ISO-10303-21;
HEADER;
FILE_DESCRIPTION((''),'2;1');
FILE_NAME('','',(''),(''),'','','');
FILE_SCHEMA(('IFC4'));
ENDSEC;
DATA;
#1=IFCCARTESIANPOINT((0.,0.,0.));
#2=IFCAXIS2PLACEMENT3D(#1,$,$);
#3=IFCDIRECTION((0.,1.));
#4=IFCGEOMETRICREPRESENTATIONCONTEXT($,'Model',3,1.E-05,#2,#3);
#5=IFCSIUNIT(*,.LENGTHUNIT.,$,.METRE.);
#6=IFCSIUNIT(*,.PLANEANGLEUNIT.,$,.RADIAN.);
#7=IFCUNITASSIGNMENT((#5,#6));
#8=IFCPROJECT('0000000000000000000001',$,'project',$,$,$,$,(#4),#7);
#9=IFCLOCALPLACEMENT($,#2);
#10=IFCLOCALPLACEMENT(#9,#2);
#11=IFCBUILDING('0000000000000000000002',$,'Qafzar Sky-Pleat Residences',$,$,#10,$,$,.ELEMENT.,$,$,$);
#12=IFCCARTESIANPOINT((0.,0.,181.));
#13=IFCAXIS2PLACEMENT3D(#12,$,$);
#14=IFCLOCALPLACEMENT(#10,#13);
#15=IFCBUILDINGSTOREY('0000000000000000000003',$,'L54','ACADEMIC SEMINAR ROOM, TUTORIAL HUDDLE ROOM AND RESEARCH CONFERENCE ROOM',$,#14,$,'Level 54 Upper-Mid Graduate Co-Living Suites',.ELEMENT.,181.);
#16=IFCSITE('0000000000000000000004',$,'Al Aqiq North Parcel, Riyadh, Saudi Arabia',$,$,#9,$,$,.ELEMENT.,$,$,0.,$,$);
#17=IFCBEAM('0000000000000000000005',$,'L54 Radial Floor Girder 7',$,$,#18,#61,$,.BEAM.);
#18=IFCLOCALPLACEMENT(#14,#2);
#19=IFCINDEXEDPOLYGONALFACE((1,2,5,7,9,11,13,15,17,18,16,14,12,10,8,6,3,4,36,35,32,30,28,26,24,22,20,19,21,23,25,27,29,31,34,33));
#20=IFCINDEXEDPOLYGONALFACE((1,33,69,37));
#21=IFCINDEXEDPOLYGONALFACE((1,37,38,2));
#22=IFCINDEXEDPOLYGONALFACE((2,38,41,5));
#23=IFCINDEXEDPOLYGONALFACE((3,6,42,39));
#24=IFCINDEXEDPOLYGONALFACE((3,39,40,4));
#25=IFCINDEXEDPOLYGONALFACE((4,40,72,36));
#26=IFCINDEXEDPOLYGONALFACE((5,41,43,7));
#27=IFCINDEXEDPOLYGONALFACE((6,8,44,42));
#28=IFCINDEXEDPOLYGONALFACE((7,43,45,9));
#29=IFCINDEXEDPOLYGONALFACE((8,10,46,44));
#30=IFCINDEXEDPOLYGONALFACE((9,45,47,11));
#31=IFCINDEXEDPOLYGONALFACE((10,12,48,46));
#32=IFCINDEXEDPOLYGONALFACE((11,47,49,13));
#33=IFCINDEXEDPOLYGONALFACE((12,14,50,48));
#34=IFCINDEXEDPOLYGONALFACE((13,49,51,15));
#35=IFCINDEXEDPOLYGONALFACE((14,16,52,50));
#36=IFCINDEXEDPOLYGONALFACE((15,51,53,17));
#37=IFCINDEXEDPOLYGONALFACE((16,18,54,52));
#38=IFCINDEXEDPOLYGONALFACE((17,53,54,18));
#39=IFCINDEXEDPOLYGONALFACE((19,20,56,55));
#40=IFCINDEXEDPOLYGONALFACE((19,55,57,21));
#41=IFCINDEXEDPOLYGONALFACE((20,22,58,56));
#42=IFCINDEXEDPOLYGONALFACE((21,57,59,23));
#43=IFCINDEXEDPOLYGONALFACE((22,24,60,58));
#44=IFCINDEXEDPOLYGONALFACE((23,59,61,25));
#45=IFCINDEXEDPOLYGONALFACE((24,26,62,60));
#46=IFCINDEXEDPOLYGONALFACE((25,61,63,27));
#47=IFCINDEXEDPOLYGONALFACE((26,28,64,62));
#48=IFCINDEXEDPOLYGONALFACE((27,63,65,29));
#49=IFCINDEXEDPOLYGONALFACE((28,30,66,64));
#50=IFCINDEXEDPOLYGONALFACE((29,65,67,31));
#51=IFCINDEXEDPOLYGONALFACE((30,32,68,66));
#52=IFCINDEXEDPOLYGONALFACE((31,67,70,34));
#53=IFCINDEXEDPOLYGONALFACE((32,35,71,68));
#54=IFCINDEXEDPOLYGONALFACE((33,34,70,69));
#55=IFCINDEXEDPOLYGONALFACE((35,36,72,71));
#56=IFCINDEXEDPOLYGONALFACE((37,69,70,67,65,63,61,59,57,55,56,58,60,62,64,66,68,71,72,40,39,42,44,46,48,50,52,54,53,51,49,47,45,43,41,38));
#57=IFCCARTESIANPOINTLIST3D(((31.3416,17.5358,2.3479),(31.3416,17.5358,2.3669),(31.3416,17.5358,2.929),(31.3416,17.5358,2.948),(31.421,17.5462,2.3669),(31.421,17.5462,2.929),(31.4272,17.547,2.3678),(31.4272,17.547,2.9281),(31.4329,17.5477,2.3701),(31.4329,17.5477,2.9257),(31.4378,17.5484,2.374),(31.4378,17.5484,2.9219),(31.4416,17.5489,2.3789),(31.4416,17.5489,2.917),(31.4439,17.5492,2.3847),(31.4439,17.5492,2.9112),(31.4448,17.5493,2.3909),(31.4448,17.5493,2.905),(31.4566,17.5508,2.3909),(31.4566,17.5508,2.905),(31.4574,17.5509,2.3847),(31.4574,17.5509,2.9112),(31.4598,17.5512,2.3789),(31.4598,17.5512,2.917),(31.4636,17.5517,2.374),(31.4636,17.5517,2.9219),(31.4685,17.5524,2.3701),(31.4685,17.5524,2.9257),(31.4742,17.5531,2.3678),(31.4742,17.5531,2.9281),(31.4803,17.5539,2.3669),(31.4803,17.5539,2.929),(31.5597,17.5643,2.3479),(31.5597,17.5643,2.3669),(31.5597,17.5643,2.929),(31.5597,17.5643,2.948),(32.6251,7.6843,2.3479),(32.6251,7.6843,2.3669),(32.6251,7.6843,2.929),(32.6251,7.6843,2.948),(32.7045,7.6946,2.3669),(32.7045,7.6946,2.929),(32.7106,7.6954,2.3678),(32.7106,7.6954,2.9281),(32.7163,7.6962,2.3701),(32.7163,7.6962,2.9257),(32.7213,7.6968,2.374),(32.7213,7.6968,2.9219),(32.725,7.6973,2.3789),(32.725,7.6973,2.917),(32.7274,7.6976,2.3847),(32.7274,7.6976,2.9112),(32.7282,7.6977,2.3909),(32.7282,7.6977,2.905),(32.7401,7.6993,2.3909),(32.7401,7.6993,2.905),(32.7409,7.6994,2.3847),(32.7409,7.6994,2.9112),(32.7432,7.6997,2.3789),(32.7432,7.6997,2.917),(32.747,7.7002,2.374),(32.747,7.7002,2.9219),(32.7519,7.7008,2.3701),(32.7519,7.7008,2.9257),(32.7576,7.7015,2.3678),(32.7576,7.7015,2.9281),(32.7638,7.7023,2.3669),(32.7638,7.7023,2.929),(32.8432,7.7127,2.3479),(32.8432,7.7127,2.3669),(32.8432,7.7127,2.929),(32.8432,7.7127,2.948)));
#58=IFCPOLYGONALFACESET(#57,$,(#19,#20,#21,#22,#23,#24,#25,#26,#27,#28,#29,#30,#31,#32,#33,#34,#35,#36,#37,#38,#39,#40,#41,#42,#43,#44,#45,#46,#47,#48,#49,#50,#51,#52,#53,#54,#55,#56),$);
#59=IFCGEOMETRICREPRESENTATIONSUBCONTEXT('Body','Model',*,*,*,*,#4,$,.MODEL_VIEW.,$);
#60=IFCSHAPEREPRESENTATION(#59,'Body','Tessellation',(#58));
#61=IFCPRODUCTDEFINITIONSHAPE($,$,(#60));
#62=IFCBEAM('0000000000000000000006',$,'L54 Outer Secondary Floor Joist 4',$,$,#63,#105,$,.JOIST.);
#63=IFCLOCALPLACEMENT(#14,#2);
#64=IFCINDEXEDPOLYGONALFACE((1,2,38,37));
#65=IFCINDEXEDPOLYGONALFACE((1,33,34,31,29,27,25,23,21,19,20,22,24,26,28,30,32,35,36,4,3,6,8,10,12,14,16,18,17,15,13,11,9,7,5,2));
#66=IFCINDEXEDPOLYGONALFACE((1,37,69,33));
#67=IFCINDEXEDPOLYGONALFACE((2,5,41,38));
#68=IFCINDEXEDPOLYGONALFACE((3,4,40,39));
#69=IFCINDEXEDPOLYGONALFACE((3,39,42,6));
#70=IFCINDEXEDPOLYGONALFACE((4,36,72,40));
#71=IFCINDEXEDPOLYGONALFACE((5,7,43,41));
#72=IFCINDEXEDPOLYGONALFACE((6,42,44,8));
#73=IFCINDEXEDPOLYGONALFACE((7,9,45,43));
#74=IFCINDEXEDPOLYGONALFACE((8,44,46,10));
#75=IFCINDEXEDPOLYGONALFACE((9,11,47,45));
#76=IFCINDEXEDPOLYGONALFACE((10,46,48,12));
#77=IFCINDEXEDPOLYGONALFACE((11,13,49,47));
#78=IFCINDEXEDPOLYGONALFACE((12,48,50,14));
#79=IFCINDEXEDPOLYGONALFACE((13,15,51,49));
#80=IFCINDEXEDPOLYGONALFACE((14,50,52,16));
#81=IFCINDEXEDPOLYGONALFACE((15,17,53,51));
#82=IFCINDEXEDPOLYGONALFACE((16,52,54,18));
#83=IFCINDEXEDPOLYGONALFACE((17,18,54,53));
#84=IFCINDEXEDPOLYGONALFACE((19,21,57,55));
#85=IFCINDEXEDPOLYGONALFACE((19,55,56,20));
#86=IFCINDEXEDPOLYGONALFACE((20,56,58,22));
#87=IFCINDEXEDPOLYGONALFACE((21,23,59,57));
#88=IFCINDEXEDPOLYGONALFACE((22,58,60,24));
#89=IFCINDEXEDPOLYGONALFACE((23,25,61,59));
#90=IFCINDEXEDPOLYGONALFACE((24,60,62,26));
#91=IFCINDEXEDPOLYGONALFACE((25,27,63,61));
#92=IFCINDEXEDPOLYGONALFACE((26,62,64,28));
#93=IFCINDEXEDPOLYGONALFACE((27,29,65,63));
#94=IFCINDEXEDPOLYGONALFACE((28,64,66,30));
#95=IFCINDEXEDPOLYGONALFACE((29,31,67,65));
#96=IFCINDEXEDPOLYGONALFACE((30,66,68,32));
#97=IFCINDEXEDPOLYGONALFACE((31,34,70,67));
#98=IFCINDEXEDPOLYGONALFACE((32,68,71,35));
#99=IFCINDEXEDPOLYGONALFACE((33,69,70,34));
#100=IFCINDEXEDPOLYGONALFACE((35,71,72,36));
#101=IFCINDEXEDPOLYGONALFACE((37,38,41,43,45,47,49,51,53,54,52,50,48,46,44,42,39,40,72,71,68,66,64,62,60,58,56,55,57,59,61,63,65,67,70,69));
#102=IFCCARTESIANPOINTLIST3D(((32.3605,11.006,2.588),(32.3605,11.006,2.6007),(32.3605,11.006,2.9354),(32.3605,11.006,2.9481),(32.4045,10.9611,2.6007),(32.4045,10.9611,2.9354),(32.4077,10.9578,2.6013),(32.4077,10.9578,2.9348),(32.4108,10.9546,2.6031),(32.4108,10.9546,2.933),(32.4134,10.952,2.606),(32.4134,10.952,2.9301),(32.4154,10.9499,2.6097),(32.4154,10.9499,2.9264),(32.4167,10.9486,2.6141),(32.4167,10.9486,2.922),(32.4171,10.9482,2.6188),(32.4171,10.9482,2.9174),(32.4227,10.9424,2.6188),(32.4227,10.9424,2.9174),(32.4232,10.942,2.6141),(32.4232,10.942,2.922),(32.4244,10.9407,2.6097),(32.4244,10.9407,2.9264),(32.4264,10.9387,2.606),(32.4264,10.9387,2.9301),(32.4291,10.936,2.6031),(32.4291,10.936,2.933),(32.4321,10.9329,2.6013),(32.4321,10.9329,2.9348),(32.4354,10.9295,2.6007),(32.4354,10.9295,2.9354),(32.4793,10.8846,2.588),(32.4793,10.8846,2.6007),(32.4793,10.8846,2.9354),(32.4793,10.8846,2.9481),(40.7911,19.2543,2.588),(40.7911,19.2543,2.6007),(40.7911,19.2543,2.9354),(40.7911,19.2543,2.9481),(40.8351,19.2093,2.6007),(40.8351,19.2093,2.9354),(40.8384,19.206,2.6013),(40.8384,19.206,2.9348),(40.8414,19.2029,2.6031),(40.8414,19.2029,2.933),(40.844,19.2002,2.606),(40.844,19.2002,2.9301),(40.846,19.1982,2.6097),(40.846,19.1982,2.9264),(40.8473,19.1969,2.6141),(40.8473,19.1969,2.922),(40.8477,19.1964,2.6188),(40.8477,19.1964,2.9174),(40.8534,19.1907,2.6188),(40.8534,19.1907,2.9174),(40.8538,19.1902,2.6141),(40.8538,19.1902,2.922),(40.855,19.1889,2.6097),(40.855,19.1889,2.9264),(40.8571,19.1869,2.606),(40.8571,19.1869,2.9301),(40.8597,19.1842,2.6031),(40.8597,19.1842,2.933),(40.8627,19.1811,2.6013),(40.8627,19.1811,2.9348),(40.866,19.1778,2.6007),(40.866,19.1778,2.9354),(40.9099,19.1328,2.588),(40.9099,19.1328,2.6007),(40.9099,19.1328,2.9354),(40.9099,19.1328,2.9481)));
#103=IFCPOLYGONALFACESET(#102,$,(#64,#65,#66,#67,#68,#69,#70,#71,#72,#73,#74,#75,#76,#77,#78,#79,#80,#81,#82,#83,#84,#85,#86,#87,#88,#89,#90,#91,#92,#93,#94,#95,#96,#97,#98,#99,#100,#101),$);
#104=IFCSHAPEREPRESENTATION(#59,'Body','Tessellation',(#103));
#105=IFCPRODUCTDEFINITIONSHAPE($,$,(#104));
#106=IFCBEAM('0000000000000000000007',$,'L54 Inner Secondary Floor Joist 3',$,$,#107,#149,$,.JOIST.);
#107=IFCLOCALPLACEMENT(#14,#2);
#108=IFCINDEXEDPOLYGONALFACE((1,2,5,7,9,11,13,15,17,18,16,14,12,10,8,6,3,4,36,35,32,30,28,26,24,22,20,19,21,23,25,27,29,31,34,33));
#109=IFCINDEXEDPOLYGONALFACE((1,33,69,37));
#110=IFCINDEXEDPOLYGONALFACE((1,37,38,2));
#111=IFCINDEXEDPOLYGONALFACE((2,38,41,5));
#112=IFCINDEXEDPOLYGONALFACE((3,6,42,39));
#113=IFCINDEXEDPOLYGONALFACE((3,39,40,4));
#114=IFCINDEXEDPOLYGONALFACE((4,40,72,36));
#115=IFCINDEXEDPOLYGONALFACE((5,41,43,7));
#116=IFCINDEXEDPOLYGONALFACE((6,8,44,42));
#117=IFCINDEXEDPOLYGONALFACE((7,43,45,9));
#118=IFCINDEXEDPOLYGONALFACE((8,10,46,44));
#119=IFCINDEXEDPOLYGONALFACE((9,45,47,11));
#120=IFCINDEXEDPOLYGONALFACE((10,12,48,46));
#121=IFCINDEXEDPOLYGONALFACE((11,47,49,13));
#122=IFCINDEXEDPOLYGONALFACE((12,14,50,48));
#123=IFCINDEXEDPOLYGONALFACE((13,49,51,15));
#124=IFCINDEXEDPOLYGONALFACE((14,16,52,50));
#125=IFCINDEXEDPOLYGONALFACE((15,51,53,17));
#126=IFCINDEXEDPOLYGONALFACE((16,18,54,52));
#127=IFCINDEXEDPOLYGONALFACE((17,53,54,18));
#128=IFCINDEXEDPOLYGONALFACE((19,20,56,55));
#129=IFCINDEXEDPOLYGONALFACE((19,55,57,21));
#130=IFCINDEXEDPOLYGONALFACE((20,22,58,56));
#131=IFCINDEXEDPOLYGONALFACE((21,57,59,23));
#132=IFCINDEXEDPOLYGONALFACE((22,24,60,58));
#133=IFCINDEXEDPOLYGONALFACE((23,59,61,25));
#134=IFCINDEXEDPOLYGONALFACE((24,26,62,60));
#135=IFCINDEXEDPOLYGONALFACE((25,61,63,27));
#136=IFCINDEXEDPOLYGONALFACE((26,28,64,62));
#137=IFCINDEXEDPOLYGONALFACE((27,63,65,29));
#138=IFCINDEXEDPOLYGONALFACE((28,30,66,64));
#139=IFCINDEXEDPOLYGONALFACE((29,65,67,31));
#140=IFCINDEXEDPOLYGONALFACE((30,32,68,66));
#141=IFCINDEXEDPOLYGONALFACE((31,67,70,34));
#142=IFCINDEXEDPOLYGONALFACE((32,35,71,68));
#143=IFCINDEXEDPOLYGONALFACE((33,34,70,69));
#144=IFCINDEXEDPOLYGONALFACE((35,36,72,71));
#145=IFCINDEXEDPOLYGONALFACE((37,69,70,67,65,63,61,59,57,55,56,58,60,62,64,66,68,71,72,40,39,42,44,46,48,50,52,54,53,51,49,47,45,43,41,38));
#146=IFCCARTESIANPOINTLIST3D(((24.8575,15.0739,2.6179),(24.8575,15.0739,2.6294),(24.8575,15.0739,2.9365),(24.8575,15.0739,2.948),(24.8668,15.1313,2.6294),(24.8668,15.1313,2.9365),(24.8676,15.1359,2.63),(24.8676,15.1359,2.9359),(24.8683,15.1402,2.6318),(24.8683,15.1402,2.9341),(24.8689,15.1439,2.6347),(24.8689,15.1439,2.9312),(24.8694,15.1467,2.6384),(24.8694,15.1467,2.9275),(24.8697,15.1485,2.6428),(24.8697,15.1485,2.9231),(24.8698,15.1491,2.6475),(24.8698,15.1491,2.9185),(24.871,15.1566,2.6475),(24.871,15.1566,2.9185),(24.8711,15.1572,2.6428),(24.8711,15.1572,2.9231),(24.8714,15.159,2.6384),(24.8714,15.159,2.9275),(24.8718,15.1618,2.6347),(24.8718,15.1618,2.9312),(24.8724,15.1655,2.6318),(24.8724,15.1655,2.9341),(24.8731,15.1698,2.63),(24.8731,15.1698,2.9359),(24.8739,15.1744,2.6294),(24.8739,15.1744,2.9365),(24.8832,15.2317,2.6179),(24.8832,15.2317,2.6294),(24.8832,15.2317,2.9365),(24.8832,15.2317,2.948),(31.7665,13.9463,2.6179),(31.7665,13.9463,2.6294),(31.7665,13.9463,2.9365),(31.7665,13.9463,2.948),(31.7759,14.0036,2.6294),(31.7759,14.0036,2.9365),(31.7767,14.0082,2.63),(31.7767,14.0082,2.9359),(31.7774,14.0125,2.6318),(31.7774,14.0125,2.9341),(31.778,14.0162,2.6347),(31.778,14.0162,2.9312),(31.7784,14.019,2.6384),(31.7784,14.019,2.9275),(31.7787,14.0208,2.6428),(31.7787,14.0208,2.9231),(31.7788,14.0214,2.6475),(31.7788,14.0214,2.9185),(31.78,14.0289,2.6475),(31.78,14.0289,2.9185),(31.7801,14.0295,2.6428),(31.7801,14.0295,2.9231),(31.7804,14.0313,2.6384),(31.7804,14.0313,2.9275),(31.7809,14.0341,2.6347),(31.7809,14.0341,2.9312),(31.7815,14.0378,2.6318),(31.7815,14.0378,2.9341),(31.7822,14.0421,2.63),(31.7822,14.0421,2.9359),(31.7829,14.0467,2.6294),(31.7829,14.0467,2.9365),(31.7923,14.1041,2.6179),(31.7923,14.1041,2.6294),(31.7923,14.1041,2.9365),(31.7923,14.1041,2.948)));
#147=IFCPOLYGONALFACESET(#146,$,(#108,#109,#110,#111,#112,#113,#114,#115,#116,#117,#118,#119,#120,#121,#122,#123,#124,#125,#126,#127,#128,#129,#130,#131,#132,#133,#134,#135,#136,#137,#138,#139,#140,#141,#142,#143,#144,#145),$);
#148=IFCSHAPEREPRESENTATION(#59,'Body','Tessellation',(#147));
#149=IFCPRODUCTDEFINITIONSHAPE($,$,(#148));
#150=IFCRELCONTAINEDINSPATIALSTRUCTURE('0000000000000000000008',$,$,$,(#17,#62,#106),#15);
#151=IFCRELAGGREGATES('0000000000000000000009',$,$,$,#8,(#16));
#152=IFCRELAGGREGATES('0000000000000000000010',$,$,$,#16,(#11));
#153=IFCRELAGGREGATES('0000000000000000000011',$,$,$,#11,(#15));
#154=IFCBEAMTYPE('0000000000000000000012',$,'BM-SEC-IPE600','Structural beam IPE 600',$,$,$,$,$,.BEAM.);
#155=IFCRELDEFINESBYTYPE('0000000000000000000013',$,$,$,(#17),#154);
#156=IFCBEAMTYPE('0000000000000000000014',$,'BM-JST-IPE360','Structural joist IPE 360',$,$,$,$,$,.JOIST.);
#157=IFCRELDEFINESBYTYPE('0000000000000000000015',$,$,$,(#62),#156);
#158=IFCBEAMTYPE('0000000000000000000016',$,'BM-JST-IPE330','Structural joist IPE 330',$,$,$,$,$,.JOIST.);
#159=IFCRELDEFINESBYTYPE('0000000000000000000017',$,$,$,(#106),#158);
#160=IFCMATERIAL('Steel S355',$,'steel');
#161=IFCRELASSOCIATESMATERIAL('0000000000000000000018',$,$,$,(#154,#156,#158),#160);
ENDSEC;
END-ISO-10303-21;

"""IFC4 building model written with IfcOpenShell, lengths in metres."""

from ifc_helpers import new_model, si_unit, direction, frame, origin, origin_2d, place, context, subcontext, project, spatial, i_section, extrude, source, transform, mapped, material, material_profile, profile_set, type_object, element, save


model = new_model("IFC4")

# Units and contexts
model_context = context("Model", 3, precision=1e-05, world=origin(), true_north=direction((0.0, 1.0)))
body_context = subcontext(model_context, "Body", "Model", "MODEL_VIEW")
ifc_project = project(units=[si_unit("LENGTHUNIT", "METRE"), si_unit("PLANEANGLEUNIT", "RADIAN")], contexts=[model_context])

# Site, building, storey
site_placement = place(None, origin())
site = spatial("IfcSite", under=ifc_project, at=site_placement, Name="Al Aqiq North Parcel, Riyadh, Saudi Arabia", CompositionType="ELEMENT", RefElevation=0.0)
building_placement = place(site_placement, origin())
building = spatial("IfcBuilding", under=site, at=building_placement, Name="Qafzar Sky-Pleat Residences", CompositionType="ELEMENT")
storey_placement = place(building_placement, frame((0.0, 0.0, 181.0)))
storey = spatial("IfcBuildingStorey", under=building, at=storey_placement, Name="L54", Description="ACADEMIC SEMINAR ROOM, TUTORIAL HUDDLE ROOM AND RESEARCH CONFERENCE ROOM", LongName="Level 54 Upper-Mid Graduate Co-Living Suites", CompositionType="ELEMENT", Elevation=181.0)

# Shared definitions
ifc_material_1 = material(Name="Steel S355", Category="steel")

# Beams
ifc_material_profile_1 = material_profile(ifc_material_1, i_section(OverallWidth=0.22, OverallDepth=0.6001, WebThickness=0.012, FlangeThickness=0.019, FilletRadius=0.0239, at=origin_2d()), Name="IPE 600")
ifc_profile_set_1 = profile_set([ifc_material_profile_1], Name="Steel S355")
beam_type_1 = type_object("IfcBeamType", Name="BM-SEC-IPE600", Description="Structural beam IPE 600", PredefinedType="BEAM", material=ifc_profile_set_1)
shared_shape_1 = source(origin(), body_context, "Body", "SweptSolid", [
    extrude(i_section(OverallWidth=0.22, OverallDepth=0.6001, WebThickness=0.012, FlangeThickness=0.019, FilletRadius=0.0239, at=origin_2d()), origin(), (0.0, 0.0, 1.0), 9.9348),
])
beam_1_placement = place(storey_placement, frame((32.7341, 7.6985, 2.6479), z_axis=(-0.129187, 0.99162, 0.0), x_axis=(-0.99162, -0.129187, 0.0)))
element("IfcBeam", 1, at=beam_1_placement, inside=storey, type_object=beam_type_1, Name="L54 Radial Floor Girder 7", PredefinedType="BEAM", context=body_context, shape_type="MappedRepresentation", body=[
    mapped(shared_shape_1, transform((0.0, 0.0, 0.0), x_axis=(1.0, 0.0, 0.0), y_axis=(0.0, 1.0, 0.0), z_axis=(0.0, 0.0, 1.0), scale=1.0)),
])
ifc_material_profile_2 = material_profile(ifc_material_1, i_section(OverallWidth=0.1699, OverallDepth=0.3601, WebThickness=0.0081, FlangeThickness=0.0127, FilletRadius=0.0181, at=origin_2d()), Name="IPE 360")
ifc_profile_set_2 = profile_set([ifc_material_profile_2], Name="Steel S355")
beam_type_2 = type_object("IfcBeamType", Name="BM-JST-IPE360", Description="Structural joist IPE 360", PredefinedType="JOIST", material=ifc_profile_set_2)
shared_shape_2 = source(origin(), body_context, "Body", "SweptSolid", [
    extrude(i_section(OverallWidth=0.1699, OverallDepth=0.3601, WebThickness=0.0081, FlangeThickness=0.0127, FilletRadius=0.0181, at=origin_2d()), origin(), (0.0, 0.0, 1.0), 11.7944),
])
beam_2_placement = place(storey_placement, frame((32.4199, 10.9453, 2.7681), z_axis=(0.714796, 0.699333, 0.0), x_axis=(-0.699333, 0.714796, 0.0)))
element("IfcBeam", 2, at=beam_2_placement, inside=storey, type_object=beam_type_2, Name="L54 Outer Secondary Floor Joist 4", PredefinedType="JOIST", context=body_context, shape_type="MappedRepresentation", body=[
    mapped(shared_shape_2, transform((0.0, 0.0, 0.0), x_axis=(1.0, 0.0, 0.0), y_axis=(0.0, 1.0, 0.0), z_axis=(0.0, 0.0, 1.0), scale=1.0)),
])
ifc_material_profile_3 = material_profile(ifc_material_1, i_section(OverallWidth=0.1599, OverallDepth=0.3301, WebThickness=0.0076, FlangeThickness=0.0115, FilletRadius=0.0181, at=origin_2d()), Name="IPE 330")
ifc_profile_set_3 = profile_set([ifc_material_profile_3], Name="Steel S355")
beam_type_3 = type_object("IfcBeamType", Name="BM-JST-IPE330", Description="Structural joist IPE 330", PredefinedType="JOIST", material=ifc_profile_set_3)
shared_shape_3 = source(origin(), body_context, "Body", "SweptSolid", [
    extrude(i_section(OverallWidth=0.1599, OverallDepth=0.3301, WebThickness=0.0076, FlangeThickness=0.0115, FilletRadius=0.0181, at=origin_2d()), origin(), (0.0, 0.0, 1.0), 7.0005),
])
beam_3_placement = place(storey_placement, frame((24.8704, 15.1528, 2.783), z_axis=(0.986941, -0.161084, 0.0), x_axis=(0.161084, 0.986941, 0.0)))
element("IfcBeam", 3, at=beam_3_placement, inside=storey, type_object=beam_type_3, Name="L54 Inner Secondary Floor Joist 3", PredefinedType="JOIST", context=body_context, shape_type="MappedRepresentation", body=[
    mapped(shared_shape_3, transform((0.0, 0.0, 0.0), x_axis=(1.0, 0.0, 0.0), y_axis=(0.0, 1.0, 0.0), z_axis=(0.0, 0.0, 1.0), scale=1.0)),
])

save(model, "model.ifc")
